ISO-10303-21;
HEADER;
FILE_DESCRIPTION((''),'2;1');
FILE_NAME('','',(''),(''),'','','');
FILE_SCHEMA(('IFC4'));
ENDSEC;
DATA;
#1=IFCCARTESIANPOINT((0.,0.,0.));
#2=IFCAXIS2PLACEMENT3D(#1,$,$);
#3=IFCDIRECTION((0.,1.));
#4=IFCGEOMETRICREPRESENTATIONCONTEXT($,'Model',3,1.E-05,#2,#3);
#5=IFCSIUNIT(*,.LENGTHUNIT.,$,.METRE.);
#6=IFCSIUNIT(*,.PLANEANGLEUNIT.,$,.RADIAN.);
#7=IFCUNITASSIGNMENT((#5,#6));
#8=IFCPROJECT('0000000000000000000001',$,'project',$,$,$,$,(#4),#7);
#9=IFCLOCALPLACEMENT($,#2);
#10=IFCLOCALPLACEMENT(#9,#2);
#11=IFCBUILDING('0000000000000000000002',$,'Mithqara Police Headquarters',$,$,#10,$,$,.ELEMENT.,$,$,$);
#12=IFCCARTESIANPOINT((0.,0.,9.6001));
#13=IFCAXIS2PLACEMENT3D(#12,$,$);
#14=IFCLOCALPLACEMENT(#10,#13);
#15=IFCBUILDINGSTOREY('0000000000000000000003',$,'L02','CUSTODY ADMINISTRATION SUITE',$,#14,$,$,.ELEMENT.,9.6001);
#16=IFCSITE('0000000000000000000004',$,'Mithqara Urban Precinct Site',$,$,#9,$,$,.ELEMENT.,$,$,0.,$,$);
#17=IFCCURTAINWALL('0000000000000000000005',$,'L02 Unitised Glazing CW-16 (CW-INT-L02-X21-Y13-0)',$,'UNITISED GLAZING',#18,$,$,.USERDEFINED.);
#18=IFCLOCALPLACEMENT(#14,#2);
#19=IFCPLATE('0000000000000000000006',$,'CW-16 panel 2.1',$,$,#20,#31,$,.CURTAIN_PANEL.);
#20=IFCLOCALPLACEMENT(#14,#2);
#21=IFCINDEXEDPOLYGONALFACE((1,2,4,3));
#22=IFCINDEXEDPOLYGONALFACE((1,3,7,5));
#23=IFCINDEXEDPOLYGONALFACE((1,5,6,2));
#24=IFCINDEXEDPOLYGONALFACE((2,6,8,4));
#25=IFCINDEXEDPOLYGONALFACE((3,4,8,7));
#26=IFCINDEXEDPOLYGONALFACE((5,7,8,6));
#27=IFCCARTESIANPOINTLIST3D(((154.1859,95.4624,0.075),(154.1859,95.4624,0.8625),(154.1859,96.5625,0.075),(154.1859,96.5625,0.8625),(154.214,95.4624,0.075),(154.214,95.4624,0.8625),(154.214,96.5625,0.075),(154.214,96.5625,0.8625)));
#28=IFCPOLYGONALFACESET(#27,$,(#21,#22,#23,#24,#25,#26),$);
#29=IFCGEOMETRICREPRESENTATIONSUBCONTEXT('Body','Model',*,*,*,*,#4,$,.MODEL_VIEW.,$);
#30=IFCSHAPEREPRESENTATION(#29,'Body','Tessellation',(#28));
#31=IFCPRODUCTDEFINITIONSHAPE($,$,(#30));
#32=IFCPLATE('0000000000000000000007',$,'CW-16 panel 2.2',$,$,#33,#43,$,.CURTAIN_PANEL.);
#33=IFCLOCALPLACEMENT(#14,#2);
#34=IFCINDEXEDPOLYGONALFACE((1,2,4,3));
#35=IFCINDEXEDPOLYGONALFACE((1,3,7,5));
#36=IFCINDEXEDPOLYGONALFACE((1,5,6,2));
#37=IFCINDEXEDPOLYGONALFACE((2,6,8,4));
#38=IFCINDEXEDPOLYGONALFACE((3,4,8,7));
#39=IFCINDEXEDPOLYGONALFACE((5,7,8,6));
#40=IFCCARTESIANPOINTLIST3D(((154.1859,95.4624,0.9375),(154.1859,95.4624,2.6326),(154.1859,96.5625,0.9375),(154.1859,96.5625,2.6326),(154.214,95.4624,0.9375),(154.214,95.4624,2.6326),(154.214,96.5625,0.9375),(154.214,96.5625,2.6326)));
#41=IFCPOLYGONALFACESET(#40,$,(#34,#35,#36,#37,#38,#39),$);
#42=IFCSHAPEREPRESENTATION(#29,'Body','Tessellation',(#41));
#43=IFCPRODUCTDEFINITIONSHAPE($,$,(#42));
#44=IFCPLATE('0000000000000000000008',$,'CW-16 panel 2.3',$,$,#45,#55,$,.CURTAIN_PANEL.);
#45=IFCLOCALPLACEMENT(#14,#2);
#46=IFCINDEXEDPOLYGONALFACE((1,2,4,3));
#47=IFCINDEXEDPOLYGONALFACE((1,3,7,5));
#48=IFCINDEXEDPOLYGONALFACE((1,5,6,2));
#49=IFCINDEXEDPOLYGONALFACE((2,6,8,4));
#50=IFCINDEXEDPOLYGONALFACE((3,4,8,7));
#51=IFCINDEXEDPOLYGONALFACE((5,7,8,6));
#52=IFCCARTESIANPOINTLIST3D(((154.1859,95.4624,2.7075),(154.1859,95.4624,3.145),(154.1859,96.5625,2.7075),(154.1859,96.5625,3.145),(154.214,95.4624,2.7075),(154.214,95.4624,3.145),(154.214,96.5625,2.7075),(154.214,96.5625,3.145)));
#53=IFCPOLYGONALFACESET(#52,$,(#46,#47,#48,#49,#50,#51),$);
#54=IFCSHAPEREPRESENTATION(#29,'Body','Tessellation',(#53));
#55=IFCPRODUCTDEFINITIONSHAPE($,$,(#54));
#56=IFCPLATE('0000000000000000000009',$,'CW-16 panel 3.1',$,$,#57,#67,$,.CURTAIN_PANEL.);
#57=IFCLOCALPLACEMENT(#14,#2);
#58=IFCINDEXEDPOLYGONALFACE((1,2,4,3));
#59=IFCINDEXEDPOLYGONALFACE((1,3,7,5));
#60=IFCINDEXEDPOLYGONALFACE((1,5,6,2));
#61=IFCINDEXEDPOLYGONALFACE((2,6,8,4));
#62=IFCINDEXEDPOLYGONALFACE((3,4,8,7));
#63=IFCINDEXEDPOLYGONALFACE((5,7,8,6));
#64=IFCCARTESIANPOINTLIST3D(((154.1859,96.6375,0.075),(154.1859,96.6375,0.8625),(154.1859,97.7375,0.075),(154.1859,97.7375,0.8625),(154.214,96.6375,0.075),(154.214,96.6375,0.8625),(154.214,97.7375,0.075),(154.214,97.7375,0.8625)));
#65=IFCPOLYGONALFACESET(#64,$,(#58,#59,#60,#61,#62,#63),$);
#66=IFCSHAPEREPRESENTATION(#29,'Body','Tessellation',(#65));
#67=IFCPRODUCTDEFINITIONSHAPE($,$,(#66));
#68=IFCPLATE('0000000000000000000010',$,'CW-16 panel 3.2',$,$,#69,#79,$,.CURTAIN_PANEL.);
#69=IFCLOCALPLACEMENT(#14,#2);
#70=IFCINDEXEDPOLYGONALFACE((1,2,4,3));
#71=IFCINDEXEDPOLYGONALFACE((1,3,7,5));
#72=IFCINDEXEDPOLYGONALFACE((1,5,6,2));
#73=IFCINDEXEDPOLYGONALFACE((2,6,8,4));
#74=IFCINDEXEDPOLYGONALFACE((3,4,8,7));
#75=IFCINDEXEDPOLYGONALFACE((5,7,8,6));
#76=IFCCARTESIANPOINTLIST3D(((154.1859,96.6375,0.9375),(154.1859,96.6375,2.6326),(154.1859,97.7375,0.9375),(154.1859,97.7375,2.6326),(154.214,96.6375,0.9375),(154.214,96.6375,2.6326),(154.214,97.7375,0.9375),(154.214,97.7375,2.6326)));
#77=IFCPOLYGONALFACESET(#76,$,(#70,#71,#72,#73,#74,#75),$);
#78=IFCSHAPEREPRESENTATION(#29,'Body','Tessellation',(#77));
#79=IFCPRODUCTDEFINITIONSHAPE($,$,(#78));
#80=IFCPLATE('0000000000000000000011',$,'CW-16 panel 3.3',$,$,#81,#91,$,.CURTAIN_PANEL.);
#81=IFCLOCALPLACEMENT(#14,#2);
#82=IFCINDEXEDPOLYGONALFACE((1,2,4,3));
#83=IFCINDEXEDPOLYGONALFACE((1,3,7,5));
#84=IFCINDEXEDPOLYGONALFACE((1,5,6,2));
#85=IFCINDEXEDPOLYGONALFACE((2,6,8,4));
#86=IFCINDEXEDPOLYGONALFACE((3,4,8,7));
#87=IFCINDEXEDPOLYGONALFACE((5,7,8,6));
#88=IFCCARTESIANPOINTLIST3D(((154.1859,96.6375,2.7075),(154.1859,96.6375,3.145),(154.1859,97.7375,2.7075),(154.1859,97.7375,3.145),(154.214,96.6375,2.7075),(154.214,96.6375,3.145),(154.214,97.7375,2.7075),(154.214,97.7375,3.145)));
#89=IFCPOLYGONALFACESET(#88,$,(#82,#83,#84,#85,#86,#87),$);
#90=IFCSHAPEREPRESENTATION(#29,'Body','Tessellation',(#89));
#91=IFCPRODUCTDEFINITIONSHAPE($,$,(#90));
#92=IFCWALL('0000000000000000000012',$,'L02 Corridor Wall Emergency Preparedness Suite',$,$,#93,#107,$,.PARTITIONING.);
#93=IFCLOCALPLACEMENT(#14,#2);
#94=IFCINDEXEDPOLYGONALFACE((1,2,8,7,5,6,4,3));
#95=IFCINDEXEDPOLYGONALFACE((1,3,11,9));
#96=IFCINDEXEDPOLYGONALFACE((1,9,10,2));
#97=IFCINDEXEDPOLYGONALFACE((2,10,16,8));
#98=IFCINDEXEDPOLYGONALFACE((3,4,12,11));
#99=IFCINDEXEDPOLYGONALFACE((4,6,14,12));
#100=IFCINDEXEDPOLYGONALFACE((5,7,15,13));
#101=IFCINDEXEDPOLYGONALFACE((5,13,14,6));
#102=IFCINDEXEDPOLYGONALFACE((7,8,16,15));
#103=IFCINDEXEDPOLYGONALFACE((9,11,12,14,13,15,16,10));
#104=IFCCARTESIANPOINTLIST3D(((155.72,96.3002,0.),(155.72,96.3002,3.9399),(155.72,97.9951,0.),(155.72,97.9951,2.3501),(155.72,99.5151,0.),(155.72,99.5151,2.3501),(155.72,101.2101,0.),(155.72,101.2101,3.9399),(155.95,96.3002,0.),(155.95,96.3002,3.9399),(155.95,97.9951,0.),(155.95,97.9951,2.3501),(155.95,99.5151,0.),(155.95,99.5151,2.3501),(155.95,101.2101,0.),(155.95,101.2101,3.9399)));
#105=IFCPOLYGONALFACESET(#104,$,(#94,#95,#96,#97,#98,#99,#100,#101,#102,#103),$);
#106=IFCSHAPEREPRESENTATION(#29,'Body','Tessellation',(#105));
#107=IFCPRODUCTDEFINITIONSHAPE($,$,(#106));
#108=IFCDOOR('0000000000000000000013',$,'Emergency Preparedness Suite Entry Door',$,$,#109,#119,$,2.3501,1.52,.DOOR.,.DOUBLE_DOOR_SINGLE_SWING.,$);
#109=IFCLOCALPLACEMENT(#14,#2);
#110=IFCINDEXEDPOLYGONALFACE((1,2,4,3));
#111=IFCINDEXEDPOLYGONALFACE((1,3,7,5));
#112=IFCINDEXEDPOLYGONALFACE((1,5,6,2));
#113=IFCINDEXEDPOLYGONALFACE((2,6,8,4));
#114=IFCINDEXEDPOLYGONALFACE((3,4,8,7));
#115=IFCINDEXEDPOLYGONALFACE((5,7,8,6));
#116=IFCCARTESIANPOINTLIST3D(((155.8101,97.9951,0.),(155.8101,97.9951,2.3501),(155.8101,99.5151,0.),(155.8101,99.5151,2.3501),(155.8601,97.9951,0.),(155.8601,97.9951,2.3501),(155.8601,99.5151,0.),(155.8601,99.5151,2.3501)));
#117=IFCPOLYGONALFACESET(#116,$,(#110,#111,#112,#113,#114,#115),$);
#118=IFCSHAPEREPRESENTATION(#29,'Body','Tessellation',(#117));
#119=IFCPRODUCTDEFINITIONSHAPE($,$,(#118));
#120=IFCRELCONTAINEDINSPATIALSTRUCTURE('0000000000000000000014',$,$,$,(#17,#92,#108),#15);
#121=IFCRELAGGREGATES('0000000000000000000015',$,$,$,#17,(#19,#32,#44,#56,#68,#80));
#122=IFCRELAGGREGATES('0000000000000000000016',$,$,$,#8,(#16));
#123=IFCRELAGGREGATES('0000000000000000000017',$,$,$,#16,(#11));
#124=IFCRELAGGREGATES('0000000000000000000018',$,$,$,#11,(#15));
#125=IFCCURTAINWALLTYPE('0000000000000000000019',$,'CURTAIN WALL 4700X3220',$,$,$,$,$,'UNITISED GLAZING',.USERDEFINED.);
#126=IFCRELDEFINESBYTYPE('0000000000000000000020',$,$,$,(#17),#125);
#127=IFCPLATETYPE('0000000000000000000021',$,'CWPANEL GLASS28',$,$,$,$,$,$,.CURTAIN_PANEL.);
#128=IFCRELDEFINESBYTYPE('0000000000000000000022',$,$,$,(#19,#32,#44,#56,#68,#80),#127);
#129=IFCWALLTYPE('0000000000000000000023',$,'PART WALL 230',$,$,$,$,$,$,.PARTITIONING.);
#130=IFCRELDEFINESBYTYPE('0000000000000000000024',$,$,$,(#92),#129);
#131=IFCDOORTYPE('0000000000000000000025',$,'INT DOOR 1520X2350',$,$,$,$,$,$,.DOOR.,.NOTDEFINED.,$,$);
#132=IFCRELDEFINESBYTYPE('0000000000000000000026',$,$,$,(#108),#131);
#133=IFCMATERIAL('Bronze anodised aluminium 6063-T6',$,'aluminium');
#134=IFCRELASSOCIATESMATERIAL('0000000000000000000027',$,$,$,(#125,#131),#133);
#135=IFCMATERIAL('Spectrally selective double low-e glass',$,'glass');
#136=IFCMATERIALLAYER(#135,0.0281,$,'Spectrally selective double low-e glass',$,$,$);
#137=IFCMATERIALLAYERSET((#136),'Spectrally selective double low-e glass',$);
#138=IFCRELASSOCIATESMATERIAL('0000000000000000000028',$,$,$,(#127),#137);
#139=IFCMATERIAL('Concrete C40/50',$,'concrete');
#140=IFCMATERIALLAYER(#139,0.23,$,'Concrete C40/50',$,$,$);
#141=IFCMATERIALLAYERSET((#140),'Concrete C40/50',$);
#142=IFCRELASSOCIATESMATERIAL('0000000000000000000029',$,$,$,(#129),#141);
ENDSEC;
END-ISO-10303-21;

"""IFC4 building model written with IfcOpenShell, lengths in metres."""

from ifc_helpers import new_model, si_unit, direction, frame, frame_2d, origin, origin_2d, place, context, subcontext, project, spatial, rectangle, extrude, material, layer, layer_set, type_object, element, fill, aggregate, save


model = new_model("IFC4")

# Units and contexts
model_context = context("Model", 3, precision=1e-05, world=origin(), true_north=direction((0.0, 1.0)))
body_context = subcontext(model_context, "Body", "Model", "MODEL_VIEW")
ifc_project = project(units=[si_unit("LENGTHUNIT", "METRE"), si_unit("PLANEANGLEUNIT", "RADIAN")], contexts=[model_context])

# Site, building, storey
site_placement = place(None, origin())
site = spatial("IfcSite", under=ifc_project, at=site_placement, Name="Mithqara Urban Precinct Site", CompositionType="ELEMENT", RefElevation=0.0)
building_placement = place(site_placement, origin())
building = spatial("IfcBuilding", under=site, at=building_placement, Name="Mithqara Police Headquarters", CompositionType="ELEMENT")
storey_placement = place(building_placement, frame((0.0, 0.0, 9.6001)))
storey = spatial("IfcBuildingStorey", under=building, at=storey_placement, Name="L02", Description="CUSTODY ADMINISTRATION SUITE", CompositionType="ELEMENT", Elevation=9.6001)

# Curtain wall, plates
ifc_material_1 = material(Name="Bronze anodised aluminium 6063-T6", Category="aluminium")
curtain_wall_type = type_object("IfcCurtainWallType", Name="CURTAIN WALL 4700X3220", ElementType="UNITISED GLAZING", PredefinedType="USERDEFINED", material=ifc_material_1)
curtain_wall_placement = place(storey_placement, origin())
curtain_wall = element("IfcCurtainWall", 1, at=curtain_wall_placement, inside=storey, type_object=curtain_wall_type, Name="L02 Unitised Glazing CW-16 (CW-INT-L02-X21-Y13-0)", ObjectType="UNITISED GLAZING", PredefinedType="USERDEFINED")
ifc_material_2 = material(Name="Spectrally selective double low-e glass", Category="glass")
ifc_layer_1 = layer(ifc_material_2, 0.0281, Name="Spectrally selective double low-e glass")
ifc_layer_set_1 = layer_set([ifc_layer_1], Name="Spectrally selective double low-e glass")
plate_type = type_object("IfcPlateType", Name="CWPANEL GLASS28", PredefinedType="CURTAIN_PANEL", material=ifc_layer_set_1)
plate_1_placement = place(storey_placement, frame((154.2, 96.0125, 0.075), z_axis=(0.0, 0.0, 1.0), x_axis=(0.0, 1.0, 0.0)))
plate_1 = element("IfcPlate", 2, at=plate_1_placement, type_object=plate_type, Name="CW-16 panel 2.1", PredefinedType="CURTAIN_PANEL", context=body_context, shape_type="SweptSolid", body=[
    extrude(rectangle(XDim=1.1001, YDim=0.0281, at=origin_2d()), origin(), (0.0, 0.0, 1.0), 0.7876),
])
plate_2_placement = place(storey_placement, frame((154.2, 96.0125, 0.9375), z_axis=(0.0, 0.0, 1.0), x_axis=(0.0, 1.0, 0.0)))
plate_2 = element("IfcPlate", 3, at=plate_2_placement, type_object=plate_type, Name="CW-16 panel 2.2", PredefinedType="CURTAIN_PANEL", context=body_context, shape_type="SweptSolid", body=[
    extrude(rectangle(XDim=1.1001, YDim=0.0281, at=origin_2d()), origin(), (0.0, 0.0, 1.0), 1.6951),
])
plate_3_placement = place(storey_placement, frame((154.2, 96.0125, 2.7075), z_axis=(0.0, 0.0, 1.0), x_axis=(0.0, 1.0, 0.0)))
plate_3 = element("IfcPlate", 4, at=plate_3_placement, type_object=plate_type, Name="CW-16 panel 2.3", PredefinedType="CURTAIN_PANEL", context=body_context, shape_type="SweptSolid", body=[
    extrude(rectangle(XDim=1.1001, YDim=0.0281, at=origin_2d()), origin(), (0.0, 0.0, 1.0), 0.4375),
])
plate_4_placement = place(storey_placement, frame((154.2, 97.1875, 0.075), z_axis=(0.0, 0.0, 1.0), x_axis=(0.0, 1.0, 0.0)))
plate_4 = element("IfcPlate", 5, at=plate_4_placement, type_object=plate_type, Name="CW-16 panel 3.1", PredefinedType="CURTAIN_PANEL", context=body_context, shape_type="SweptSolid", body=[
    extrude(rectangle(XDim=1.1001, YDim=0.0281, at=origin_2d()), origin(), (0.0, 0.0, 1.0), 0.7876),
])
plate_5_placement = place(storey_placement, frame((154.2, 97.1875, 0.9375), z_axis=(0.0, 0.0, 1.0), x_axis=(0.0, 1.0, 0.0)))
plate_5 = element("IfcPlate", 6, at=plate_5_placement, type_object=plate_type, Name="CW-16 panel 3.2", PredefinedType="CURTAIN_PANEL", context=body_context, shape_type="SweptSolid", body=[
    extrude(rectangle(XDim=1.1001, YDim=0.0281, at=origin_2d()), origin(), (0.0, 0.0, 1.0), 1.6951),
])
plate_6_placement = place(storey_placement, frame((154.2, 97.1875, 2.7075), z_axis=(0.0, 0.0, 1.0), x_axis=(0.0, 1.0, 0.0)))
plate_6 = element("IfcPlate", 7, at=plate_6_placement, type_object=plate_type, Name="CW-16 panel 3.3", PredefinedType="CURTAIN_PANEL", context=body_context, shape_type="SweptSolid", body=[
    extrude(rectangle(XDim=1.1001, YDim=0.0281, at=origin_2d()), origin(), (0.0, 0.0, 1.0), 0.4375),
])
aggregate(curtain_wall, [plate_1, plate_2, plate_3, plate_4, plate_5, plate_6])

# Wall, opening, door
ifc_material_3 = material(Name="Concrete C40/50", Category="concrete")
ifc_layer_2 = layer(ifc_material_3, 0.23, Name="Concrete C40/50")
ifc_layer_set_2 = layer_set([ifc_layer_2], Name="Concrete C40/50")
wall_type = type_object("IfcWallType", Name="PART WALL 230", PredefinedType="PARTITIONING", material=ifc_layer_set_2)
wall_placement = place(storey_placement, frame((155.835, 96.3, 0.0), z_axis=(0.0, 0.0, 1.0), x_axis=(0.0, 1.0, 0.0)))
wall = element("IfcWall", 8, at=wall_placement, inside=storey, type_object=wall_type, Name="L02 Corridor Wall Emergency Preparedness Suite", PredefinedType="PARTITIONING", context=body_context, shape_type="SweptSolid", body=[
    extrude(rectangle(XDim=4.9099, YDim=0.23, at=frame_2d((2.4551, 0.0))), origin(), (0.0, 0.0, 1.0), 3.9399),
])
opening_placement = place(wall_placement, frame((1.6951, 0.0, 0.0)))
opening = element("IfcOpeningElement", 9, at=opening_placement, cuts=wall, PredefinedType="OPENING", context=body_context, shape_type="SweptSolid", body=[
    extrude(rectangle(XDim=1.52, YDim=2.3501, at=frame_2d((0.76, 1.175))), frame((0.0, 0.125, 0.0), z_axis=(0.0, -1.0, 0.0), x_axis=(1.0, 0.0, 0.0)), (0.0, 0.0, 1.0), 0.25),
])
door_type = type_object("IfcDoorType", Name="INT DOOR 1520X2350", OperationType="NOTDEFINED", PredefinedType="DOOR", material=ifc_material_1)
door_placement = place(opening_placement, origin())
door = element("IfcDoor", 10, at=door_placement, inside=storey, type_object=door_type, Name="Emergency Preparedness Suite Entry Door", OperationType="DOUBLE_DOOR_SINGLE_SWING", OverallHeight=2.3501, OverallWidth=1.52, PredefinedType="DOOR", context=body_context, shape_type="SweptSolid", body=[
    extrude(rectangle(XDim=1.52, YDim=2.3501, at=frame_2d((0.76, 1.175))), frame((0.0, 0.0249, 0.0), z_axis=(0.0, -1.0, 0.0), x_axis=(1.0, 0.0, 0.0)), (0.0, 0.0, 1.0), 0.05),
])
fill(opening, door)

save(model, "model.ifc")
